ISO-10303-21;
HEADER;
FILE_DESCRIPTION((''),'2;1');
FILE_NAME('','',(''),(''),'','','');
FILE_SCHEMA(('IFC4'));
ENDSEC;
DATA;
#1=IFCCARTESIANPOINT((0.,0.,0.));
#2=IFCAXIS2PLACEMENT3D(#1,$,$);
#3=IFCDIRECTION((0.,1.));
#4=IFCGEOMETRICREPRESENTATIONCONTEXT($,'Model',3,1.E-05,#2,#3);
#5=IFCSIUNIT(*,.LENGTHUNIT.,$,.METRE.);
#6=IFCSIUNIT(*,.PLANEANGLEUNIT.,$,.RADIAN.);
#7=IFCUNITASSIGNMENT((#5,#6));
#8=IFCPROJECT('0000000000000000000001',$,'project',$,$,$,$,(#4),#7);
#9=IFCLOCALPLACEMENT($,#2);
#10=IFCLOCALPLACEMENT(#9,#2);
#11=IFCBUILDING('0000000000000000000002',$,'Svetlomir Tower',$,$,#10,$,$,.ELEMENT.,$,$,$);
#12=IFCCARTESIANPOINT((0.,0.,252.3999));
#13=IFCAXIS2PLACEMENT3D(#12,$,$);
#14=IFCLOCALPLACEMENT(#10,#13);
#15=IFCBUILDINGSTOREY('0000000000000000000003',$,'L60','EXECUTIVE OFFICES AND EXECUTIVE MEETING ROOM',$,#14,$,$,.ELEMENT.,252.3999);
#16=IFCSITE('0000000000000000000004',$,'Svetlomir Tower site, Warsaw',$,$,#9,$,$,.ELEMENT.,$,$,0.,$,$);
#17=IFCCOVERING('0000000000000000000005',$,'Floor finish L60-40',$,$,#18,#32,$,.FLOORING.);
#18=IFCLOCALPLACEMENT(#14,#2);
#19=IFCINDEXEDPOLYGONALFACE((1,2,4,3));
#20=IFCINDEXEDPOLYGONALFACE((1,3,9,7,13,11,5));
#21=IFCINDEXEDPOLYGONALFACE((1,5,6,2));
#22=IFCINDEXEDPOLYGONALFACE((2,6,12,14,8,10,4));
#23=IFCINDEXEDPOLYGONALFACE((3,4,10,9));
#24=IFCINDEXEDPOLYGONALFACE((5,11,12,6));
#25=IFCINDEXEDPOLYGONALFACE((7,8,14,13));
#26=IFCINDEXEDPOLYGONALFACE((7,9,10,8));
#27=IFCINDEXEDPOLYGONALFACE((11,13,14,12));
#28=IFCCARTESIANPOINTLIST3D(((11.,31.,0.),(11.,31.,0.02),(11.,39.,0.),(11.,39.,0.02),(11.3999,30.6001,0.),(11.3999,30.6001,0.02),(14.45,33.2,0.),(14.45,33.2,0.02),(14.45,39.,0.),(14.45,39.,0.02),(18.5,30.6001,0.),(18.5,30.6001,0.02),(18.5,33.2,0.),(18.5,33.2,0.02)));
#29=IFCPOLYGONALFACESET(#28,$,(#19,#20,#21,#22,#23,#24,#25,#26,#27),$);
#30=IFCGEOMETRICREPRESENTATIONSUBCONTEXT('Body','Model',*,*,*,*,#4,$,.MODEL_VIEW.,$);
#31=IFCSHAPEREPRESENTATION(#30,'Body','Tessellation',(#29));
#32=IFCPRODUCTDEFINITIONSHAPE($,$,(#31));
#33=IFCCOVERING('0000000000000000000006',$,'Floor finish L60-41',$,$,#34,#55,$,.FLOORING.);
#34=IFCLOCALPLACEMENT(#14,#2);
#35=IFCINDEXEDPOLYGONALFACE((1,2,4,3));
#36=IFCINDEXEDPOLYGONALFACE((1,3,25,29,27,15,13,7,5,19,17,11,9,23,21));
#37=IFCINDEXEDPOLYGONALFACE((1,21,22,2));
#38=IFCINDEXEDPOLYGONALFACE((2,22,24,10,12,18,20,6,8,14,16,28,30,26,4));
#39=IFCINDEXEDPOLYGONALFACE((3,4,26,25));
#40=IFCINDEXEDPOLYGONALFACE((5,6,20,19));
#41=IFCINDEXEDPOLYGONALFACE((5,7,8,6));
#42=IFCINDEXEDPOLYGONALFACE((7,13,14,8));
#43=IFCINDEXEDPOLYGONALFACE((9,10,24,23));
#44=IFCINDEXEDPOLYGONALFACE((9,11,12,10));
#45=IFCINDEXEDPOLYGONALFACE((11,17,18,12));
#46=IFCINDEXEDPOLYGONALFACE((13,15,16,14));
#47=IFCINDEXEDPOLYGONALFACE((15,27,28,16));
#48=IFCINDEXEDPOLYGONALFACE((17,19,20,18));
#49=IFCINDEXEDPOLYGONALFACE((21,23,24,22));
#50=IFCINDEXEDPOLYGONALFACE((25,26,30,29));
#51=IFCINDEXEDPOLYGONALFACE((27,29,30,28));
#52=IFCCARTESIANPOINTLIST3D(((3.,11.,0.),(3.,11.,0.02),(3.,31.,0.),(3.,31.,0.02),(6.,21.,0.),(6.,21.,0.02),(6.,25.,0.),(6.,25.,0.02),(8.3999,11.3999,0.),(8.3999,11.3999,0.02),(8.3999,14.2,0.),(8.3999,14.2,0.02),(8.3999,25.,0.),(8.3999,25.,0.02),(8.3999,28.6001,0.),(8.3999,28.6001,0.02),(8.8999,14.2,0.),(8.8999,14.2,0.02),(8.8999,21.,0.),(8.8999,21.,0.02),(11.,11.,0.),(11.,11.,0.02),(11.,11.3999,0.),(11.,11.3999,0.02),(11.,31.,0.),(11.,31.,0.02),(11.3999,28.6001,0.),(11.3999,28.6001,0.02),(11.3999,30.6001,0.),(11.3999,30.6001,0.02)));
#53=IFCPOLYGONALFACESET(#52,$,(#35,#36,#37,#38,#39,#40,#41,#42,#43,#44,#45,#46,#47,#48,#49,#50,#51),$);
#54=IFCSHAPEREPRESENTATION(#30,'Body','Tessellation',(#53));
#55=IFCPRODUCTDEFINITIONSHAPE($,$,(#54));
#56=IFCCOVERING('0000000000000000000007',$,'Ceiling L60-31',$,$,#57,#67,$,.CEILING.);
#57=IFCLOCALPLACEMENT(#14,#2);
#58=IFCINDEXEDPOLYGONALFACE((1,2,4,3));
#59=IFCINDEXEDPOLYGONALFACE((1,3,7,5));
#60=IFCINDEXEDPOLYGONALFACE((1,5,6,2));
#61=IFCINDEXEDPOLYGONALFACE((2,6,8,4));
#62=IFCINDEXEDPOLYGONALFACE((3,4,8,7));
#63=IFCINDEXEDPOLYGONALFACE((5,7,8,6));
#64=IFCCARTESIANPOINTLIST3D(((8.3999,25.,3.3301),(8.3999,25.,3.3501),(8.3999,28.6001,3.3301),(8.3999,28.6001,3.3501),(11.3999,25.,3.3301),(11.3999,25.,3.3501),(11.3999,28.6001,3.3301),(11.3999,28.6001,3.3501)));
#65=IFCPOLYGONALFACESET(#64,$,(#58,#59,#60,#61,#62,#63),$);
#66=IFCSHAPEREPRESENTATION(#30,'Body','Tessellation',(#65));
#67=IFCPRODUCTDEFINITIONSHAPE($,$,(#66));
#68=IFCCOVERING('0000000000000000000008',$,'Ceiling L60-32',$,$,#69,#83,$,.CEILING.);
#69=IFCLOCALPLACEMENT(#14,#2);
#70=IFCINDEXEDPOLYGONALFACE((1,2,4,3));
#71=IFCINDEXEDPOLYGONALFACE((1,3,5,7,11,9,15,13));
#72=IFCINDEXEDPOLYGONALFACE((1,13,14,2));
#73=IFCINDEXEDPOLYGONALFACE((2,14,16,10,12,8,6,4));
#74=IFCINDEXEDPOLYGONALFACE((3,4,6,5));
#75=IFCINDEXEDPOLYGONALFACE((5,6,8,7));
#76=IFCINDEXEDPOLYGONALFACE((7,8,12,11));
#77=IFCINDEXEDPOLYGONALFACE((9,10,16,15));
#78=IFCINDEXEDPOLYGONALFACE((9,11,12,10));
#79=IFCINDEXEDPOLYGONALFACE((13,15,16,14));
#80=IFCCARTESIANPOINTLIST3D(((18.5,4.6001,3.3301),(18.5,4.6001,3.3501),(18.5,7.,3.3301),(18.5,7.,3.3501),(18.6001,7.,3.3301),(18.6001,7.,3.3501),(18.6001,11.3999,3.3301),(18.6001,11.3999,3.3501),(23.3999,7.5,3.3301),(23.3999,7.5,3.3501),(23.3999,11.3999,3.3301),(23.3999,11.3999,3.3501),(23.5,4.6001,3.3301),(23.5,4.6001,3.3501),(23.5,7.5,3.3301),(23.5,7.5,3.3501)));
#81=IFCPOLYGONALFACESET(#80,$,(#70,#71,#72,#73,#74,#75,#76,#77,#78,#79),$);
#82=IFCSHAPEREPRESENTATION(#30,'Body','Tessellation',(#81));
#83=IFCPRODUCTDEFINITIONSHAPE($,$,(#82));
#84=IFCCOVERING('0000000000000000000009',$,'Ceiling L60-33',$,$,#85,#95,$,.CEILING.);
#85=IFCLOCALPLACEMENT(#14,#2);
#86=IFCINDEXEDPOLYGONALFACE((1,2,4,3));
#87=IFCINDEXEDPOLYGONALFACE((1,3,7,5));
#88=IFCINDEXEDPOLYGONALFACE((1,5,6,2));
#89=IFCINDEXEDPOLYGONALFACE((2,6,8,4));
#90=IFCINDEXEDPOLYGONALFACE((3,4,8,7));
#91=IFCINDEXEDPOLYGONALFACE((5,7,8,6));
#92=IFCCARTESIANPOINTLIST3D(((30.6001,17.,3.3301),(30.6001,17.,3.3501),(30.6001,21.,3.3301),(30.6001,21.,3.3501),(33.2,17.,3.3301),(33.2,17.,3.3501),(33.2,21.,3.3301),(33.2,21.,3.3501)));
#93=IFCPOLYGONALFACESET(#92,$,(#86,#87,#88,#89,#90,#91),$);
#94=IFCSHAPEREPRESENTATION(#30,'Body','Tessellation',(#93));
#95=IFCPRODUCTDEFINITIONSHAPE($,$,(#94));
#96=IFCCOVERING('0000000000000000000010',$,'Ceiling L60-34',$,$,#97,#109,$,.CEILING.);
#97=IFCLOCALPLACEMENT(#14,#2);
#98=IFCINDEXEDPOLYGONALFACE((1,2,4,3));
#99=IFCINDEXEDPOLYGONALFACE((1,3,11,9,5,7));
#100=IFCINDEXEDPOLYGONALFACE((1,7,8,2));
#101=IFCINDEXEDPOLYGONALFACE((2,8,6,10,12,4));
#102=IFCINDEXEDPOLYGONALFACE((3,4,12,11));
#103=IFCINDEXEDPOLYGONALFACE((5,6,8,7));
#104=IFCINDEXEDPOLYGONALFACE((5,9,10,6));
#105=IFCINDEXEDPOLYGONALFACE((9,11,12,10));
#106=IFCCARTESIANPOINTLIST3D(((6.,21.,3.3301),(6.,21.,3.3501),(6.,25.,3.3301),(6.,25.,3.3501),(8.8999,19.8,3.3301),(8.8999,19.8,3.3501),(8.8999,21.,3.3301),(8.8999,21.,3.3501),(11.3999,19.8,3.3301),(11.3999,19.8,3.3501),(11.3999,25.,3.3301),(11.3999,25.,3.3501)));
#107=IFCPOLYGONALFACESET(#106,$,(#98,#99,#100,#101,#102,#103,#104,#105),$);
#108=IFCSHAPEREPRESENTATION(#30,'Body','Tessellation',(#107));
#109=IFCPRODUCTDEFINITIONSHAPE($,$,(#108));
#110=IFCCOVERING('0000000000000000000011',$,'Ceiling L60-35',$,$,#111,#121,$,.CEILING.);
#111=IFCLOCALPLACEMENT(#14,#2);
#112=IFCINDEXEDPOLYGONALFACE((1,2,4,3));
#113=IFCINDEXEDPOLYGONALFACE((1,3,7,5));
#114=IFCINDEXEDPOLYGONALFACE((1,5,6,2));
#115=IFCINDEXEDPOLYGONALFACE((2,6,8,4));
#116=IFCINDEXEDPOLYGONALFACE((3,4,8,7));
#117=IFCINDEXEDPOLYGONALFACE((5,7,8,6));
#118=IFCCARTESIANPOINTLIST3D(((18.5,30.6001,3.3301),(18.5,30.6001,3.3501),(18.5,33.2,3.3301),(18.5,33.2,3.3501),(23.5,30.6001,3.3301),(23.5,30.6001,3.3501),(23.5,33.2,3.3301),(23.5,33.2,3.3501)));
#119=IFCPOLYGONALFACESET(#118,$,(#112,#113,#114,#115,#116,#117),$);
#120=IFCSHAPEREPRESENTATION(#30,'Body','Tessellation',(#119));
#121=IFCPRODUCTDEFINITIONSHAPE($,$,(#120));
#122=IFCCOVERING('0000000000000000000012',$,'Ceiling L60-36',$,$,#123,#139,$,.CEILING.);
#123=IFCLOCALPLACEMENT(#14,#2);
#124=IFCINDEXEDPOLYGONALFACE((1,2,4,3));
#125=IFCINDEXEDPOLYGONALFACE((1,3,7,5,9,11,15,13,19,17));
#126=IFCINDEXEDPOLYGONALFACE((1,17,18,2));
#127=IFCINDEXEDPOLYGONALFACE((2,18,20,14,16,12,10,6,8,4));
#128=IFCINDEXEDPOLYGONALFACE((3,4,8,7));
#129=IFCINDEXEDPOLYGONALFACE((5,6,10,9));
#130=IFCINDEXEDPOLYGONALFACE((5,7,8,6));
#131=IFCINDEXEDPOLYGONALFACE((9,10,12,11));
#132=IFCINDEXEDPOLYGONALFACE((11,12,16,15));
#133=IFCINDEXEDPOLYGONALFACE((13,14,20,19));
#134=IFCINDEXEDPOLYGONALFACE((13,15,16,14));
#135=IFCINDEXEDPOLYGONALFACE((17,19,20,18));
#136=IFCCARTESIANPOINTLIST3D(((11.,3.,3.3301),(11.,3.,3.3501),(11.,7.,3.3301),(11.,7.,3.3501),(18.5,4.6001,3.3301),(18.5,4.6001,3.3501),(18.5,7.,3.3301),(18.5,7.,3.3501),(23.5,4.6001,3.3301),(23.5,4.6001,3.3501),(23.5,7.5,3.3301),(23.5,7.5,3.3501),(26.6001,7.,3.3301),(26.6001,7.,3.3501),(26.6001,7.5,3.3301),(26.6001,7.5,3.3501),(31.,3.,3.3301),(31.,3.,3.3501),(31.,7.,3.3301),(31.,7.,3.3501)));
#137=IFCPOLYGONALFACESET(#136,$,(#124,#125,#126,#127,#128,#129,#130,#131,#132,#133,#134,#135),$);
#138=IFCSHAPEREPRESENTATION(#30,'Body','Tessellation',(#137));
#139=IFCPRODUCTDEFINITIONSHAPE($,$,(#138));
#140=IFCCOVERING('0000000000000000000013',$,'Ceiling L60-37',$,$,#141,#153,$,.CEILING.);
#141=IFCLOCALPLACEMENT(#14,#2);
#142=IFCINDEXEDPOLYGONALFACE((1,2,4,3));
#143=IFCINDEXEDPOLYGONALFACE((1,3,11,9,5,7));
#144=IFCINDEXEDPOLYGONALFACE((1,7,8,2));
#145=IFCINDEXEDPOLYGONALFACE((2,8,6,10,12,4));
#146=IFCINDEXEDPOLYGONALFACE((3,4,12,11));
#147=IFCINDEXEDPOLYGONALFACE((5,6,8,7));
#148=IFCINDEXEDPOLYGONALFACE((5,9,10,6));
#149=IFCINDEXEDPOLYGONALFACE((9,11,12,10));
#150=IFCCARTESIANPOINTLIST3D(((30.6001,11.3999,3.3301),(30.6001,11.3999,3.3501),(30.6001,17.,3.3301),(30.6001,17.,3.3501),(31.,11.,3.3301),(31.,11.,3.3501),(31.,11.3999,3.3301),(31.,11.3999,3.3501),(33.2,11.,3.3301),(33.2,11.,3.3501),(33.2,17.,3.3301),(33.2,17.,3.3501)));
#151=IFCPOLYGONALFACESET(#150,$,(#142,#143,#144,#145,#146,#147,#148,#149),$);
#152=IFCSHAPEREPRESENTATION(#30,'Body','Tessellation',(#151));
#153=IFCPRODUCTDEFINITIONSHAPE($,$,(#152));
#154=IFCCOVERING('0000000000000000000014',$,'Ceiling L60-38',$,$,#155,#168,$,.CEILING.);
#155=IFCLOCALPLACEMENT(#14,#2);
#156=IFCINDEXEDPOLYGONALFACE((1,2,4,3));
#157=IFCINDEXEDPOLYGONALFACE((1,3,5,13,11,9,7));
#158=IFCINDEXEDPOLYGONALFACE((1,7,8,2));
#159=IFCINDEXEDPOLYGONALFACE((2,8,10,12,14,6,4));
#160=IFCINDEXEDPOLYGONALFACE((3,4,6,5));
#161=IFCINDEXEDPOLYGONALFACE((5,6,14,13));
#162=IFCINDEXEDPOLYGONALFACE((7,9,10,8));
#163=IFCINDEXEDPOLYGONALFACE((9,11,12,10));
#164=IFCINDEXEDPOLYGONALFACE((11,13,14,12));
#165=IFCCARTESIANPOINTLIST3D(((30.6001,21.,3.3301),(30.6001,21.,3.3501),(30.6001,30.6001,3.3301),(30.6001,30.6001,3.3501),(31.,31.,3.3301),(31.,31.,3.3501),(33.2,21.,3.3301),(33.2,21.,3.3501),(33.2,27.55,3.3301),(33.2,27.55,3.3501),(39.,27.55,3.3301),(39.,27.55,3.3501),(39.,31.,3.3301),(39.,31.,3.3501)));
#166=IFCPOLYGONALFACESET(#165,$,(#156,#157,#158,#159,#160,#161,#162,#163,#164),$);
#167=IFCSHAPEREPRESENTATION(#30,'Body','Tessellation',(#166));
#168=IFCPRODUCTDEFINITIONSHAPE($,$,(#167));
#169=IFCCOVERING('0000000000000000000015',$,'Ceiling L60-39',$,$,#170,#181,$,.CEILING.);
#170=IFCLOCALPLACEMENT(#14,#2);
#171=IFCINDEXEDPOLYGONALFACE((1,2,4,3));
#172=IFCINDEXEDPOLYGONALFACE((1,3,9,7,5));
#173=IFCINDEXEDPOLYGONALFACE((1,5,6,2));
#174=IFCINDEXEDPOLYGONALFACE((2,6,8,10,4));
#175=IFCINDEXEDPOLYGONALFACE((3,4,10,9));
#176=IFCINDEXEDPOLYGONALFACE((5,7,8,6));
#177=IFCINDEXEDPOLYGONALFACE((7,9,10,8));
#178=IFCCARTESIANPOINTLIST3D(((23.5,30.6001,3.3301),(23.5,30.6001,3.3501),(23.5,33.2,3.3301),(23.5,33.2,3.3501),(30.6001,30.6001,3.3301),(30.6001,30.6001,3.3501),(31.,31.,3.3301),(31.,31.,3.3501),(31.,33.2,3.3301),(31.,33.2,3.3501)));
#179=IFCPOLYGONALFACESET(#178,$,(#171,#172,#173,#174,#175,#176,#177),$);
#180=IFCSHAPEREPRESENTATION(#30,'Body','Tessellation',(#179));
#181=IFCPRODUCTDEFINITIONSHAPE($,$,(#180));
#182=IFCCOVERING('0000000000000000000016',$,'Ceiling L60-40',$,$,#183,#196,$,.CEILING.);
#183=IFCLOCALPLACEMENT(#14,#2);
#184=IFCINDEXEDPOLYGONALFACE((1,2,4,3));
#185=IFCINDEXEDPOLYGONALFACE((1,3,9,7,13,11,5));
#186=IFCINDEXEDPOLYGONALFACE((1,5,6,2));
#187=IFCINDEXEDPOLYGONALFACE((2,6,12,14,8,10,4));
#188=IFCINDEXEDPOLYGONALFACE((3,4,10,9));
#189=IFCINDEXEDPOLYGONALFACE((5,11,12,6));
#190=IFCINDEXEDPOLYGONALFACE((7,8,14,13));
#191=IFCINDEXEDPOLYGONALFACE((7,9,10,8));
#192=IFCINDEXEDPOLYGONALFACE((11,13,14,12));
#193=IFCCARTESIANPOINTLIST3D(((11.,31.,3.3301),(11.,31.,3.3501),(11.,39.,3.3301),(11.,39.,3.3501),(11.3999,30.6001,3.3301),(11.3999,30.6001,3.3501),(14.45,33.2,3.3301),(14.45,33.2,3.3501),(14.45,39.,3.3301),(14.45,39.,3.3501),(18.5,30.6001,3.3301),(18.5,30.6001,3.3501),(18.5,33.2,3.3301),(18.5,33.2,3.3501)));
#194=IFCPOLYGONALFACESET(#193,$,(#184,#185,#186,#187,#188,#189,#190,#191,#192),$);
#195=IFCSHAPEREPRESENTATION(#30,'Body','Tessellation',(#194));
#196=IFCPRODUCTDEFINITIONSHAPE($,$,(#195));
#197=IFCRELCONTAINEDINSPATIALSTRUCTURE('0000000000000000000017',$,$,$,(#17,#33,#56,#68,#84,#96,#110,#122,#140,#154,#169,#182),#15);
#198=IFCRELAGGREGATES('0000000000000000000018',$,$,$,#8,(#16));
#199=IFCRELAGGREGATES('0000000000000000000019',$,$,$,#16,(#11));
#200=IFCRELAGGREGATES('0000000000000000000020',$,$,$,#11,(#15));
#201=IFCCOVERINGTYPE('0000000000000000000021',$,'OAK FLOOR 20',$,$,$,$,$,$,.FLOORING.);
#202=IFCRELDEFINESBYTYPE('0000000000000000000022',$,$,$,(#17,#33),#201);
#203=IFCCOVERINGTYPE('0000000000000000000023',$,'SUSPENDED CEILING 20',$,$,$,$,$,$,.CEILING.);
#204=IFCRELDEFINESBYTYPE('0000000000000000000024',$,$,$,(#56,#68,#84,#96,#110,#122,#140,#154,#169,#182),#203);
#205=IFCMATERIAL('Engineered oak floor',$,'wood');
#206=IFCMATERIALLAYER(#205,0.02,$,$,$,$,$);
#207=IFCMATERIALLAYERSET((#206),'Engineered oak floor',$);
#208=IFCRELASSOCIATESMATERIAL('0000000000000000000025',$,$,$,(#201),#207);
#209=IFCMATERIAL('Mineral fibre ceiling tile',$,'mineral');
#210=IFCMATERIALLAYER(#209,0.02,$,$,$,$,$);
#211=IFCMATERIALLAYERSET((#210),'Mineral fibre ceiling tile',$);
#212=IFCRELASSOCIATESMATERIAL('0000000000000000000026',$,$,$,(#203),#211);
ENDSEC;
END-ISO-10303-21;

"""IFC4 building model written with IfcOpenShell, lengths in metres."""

from ifc_helpers import new_model, si_unit, direction, frame, origin, place, context, subcontext, project, spatial, polyline, outline, extrude, material, layer, layer_set, type_object, element, save


model = new_model("IFC4")

# Units and contexts
model_context = context("Model", 3, precision=1e-05, world=origin(), true_north=direction((0.0, 1.0)))
body_context = subcontext(model_context, "Body", "Model", "MODEL_VIEW")
ifc_project = project(units=[si_unit("LENGTHUNIT", "METRE"), si_unit("PLANEANGLEUNIT", "RADIAN")], contexts=[model_context])

# Site, building, storey
site_placement = place(None, origin())
site = spatial("IfcSite", under=ifc_project, at=site_placement, Name="Svetlomir Tower site, Warsaw", CompositionType="ELEMENT", RefElevation=0.0)
building_placement = place(site_placement, origin())
building = spatial("IfcBuilding", under=site, at=building_placement, Name="Svetlomir Tower", CompositionType="ELEMENT")
storey_placement = place(building_placement, frame((0.0, 0.0, 252.3999)))
storey = spatial("IfcBuildingStorey", under=building, at=storey_placement, Name="L60", Description="EXECUTIVE OFFICES AND EXECUTIVE MEETING ROOM", CompositionType="ELEMENT", Elevation=252.3999)

# Coverings
ifc_material_1 = material(Name="Engineered oak floor", Category="wood")
ifc_layer_1 = layer(ifc_material_1, 0.02)
ifc_layer_set_1 = layer_set([ifc_layer_1], Name="Engineered oak floor")
covering_type_1 = type_object("IfcCoveringType", Name="OAK FLOOR 20", PredefinedType="FLOORING", material=ifc_layer_set_1)
covering_1_placement = place(storey_placement, origin())
element("IfcCovering", 1, at=covering_1_placement, inside=storey, type_object=covering_type_1, Name="Floor finish L60-40", PredefinedType="FLOORING", context=body_context, shape_type="SweptSolid", body=[
    extrude(outline(polyline([(11.0, 39.0), (14.45, 39.0), (14.45, 33.2), (18.5, 33.2), (18.5, 30.6001), (11.3999, 30.6001), (11.0, 31.0), (11.0, 39.0)])), origin(), (0.0, 0.0, 1.0), 0.02),
])
covering_2_placement = place(storey_placement, origin())
element("IfcCovering", 2, at=covering_2_placement, inside=storey, type_object=covering_type_1, Name="Floor finish L60-41", PredefinedType="FLOORING", context=body_context, shape_type="SweptSolid", body=[
    extrude(outline(polyline([(11.3999, 28.6001), (8.3999, 28.6001), (8.3999, 25.0), (6.0, 25.0), (6.0, 21.0), (8.8999, 21.0), (8.8999, 14.2), (8.3999, 14.2), (8.3999, 11.3999), (11.0, 11.3999), (11.0, 11.0), (3.0, 11.0), (3.0, 31.0), (11.0, 31.0), (11.3999, 30.6001), (11.3999, 28.6001)])), origin(), (0.0, 0.0, 1.0), 0.02),
])
ifc_material_2 = material(Name="Mineral fibre ceiling tile", Category="mineral")
ifc_layer_2 = layer(ifc_material_2, 0.02)
ifc_layer_set_2 = layer_set([ifc_layer_2], Name="Mineral fibre ceiling tile")
covering_type_2 = type_object("IfcCoveringType", Name="SUSPENDED CEILING 20", PredefinedType="CEILING", material=ifc_layer_set_2)
covering_3_placement = place(storey_placement, frame((0.0, 0.0, 3.3301)))
element("IfcCovering", 3, at=covering_3_placement, inside=storey, type_object=covering_type_2, Name="Ceiling L60-31", PredefinedType="CEILING", context=body_context, shape_type="SweptSolid", body=[
    extrude(outline(polyline([(8.3999, 25.0), (11.3999, 25.0), (11.3999, 28.6001), (8.3999, 28.6001), (8.3999, 25.0)])), origin(), (0.0, 0.0, 1.0), 0.02),
])
covering_4_placement = place(storey_placement, frame((0.0, 0.0, 3.3301)))
element("IfcCovering", 4, at=covering_4_placement, inside=storey, type_object=covering_type_2, Name="Ceiling L60-32", PredefinedType="CEILING", context=body_context, shape_type="SweptSolid", body=[
    extrude(outline(polyline([(23.3999, 7.5), (23.5, 7.5), (23.5, 4.6001), (18.5, 4.6001), (18.5, 7.0), (18.6001, 7.0), (18.6001, 11.3999), (23.3999, 11.3999), (23.3999, 7.5)])), origin(), (0.0, 0.0, 1.0), 0.02),
])
covering_5_placement = place(storey_placement, frame((0.0, 0.0, 3.3301)))
element("IfcCovering", 5, at=covering_5_placement, inside=storey, type_object=covering_type_2, Name="Ceiling L60-33", PredefinedType="CEILING", context=body_context, shape_type="SweptSolid", body=[
    extrude(outline(polyline([(30.6001, 21.0), (33.2, 21.0), (33.2, 17.0), (30.6001, 17.0), (30.6001, 21.0)])), origin(), (0.0, 0.0, 1.0), 0.02),
])
covering_6_placement = place(storey_placement, frame((0.0, 0.0, 3.3301)))
element("IfcCovering", 6, at=covering_6_placement, inside=storey, type_object=covering_type_2, Name="Ceiling L60-34", PredefinedType="CEILING", context=body_context, shape_type="SweptSolid", body=[
    extrude(outline(polyline([(6.0, 21.0), (6.0, 25.0), (11.3999, 25.0), (11.3999, 19.8), (8.8999, 19.8), (8.8999, 21.0), (6.0, 21.0)])), origin(), (0.0, 0.0, 1.0), 0.02),
])
covering_7_placement = place(storey_placement, frame((0.0, 0.0, 3.3301)))
element("IfcCovering", 7, at=covering_7_placement, inside=storey, type_object=covering_type_2, Name="Ceiling L60-35", PredefinedType="CEILING", context=body_context, shape_type="SweptSolid", body=[
    extrude(outline(polyline([(23.5, 30.6001), (18.5, 30.6001), (18.5, 33.2), (23.5, 33.2), (23.5, 30.6001)])), origin(), (0.0, 0.0, 1.0), 0.02),
])
covering_8_placement = place(storey_placement, frame((0.0, 0.0, 3.3301)))
element("IfcCovering", 8, at=covering_8_placement, inside=storey, type_object=covering_type_2, Name="Ceiling L60-36", PredefinedType="CEILING", context=body_context, shape_type="SweptSolid", body=[
    extrude(outline(polyline([(11.0, 7.0), (18.5, 7.0), (18.5, 4.6001), (23.5, 4.6001), (23.5, 7.5), (26.6001, 7.5), (26.6001, 7.0), (31.0, 7.0), (31.0, 3.0), (11.0, 3.0), (11.0, 7.0)])), origin(), (0.0, 0.0, 1.0), 0.02),
])
covering_9_placement = place(storey_placement, frame((0.0, 0.0, 3.3301)))
element("IfcCovering", 9, at=covering_9_placement, inside=storey, type_object=covering_type_2, Name="Ceiling L60-37", PredefinedType="CEILING", context=body_context, shape_type="SweptSolid", body=[
    extrude(outline(polyline([(30.6001, 11.3999), (30.6001, 17.0), (33.2, 17.0), (33.2, 11.0), (31.0, 11.0), (31.0, 11.3999), (30.6001, 11.3999)])), origin(), (0.0, 0.0, 1.0), 0.02),
])
covering_10_placement = place(storey_placement, frame((0.0, 0.0, 3.3301)))
element("IfcCovering", 10, at=covering_10_placement, inside=storey, type_object=covering_type_2, Name="Ceiling L60-38", PredefinedType="CEILING", context=body_context, shape_type="SweptSolid", body=[
    extrude(outline(polyline([(39.0, 31.0), (39.0, 27.55), (33.2, 27.55), (33.2, 21.0), (30.6001, 21.0), (30.6001, 30.6001), (31.0, 31.0), (39.0, 31.0)])), origin(), (0.0, 0.0, 1.0), 0.02),
])
covering_11_placement = place(storey_placement, frame((0.0, 0.0, 3.3301)))
element("IfcCovering", 11, at=covering_11_placement, inside=storey, type_object=covering_type_2, Name="Ceiling L60-39", PredefinedType="CEILING", context=body_context, shape_type="SweptSolid", body=[
    extrude(outline(polyline([(23.5, 30.6001), (23.5, 33.2), (31.0, 33.2), (31.0, 31.0), (30.6001, 30.6001), (23.5, 30.6001)])), origin(), (0.0, 0.0, 1.0), 0.02),
])
covering_12_placement = place(storey_placement, frame((0.0, 0.0, 3.3301)))
element("IfcCovering", 12, at=covering_12_placement, inside=storey, type_object=covering_type_2, Name="Ceiling L60-40", PredefinedType="CEILING", context=body_context, shape_type="SweptSolid", body=[
    extrude(outline(polyline([(11.0, 39.0), (14.45, 39.0), (14.45, 33.2), (18.5, 33.2), (18.5, 30.6001), (11.3999, 30.6001), (11.0, 31.0), (11.0, 39.0)])), origin(), (0.0, 0.0, 1.0), 0.02),
])

save(model, "model.ifc")
